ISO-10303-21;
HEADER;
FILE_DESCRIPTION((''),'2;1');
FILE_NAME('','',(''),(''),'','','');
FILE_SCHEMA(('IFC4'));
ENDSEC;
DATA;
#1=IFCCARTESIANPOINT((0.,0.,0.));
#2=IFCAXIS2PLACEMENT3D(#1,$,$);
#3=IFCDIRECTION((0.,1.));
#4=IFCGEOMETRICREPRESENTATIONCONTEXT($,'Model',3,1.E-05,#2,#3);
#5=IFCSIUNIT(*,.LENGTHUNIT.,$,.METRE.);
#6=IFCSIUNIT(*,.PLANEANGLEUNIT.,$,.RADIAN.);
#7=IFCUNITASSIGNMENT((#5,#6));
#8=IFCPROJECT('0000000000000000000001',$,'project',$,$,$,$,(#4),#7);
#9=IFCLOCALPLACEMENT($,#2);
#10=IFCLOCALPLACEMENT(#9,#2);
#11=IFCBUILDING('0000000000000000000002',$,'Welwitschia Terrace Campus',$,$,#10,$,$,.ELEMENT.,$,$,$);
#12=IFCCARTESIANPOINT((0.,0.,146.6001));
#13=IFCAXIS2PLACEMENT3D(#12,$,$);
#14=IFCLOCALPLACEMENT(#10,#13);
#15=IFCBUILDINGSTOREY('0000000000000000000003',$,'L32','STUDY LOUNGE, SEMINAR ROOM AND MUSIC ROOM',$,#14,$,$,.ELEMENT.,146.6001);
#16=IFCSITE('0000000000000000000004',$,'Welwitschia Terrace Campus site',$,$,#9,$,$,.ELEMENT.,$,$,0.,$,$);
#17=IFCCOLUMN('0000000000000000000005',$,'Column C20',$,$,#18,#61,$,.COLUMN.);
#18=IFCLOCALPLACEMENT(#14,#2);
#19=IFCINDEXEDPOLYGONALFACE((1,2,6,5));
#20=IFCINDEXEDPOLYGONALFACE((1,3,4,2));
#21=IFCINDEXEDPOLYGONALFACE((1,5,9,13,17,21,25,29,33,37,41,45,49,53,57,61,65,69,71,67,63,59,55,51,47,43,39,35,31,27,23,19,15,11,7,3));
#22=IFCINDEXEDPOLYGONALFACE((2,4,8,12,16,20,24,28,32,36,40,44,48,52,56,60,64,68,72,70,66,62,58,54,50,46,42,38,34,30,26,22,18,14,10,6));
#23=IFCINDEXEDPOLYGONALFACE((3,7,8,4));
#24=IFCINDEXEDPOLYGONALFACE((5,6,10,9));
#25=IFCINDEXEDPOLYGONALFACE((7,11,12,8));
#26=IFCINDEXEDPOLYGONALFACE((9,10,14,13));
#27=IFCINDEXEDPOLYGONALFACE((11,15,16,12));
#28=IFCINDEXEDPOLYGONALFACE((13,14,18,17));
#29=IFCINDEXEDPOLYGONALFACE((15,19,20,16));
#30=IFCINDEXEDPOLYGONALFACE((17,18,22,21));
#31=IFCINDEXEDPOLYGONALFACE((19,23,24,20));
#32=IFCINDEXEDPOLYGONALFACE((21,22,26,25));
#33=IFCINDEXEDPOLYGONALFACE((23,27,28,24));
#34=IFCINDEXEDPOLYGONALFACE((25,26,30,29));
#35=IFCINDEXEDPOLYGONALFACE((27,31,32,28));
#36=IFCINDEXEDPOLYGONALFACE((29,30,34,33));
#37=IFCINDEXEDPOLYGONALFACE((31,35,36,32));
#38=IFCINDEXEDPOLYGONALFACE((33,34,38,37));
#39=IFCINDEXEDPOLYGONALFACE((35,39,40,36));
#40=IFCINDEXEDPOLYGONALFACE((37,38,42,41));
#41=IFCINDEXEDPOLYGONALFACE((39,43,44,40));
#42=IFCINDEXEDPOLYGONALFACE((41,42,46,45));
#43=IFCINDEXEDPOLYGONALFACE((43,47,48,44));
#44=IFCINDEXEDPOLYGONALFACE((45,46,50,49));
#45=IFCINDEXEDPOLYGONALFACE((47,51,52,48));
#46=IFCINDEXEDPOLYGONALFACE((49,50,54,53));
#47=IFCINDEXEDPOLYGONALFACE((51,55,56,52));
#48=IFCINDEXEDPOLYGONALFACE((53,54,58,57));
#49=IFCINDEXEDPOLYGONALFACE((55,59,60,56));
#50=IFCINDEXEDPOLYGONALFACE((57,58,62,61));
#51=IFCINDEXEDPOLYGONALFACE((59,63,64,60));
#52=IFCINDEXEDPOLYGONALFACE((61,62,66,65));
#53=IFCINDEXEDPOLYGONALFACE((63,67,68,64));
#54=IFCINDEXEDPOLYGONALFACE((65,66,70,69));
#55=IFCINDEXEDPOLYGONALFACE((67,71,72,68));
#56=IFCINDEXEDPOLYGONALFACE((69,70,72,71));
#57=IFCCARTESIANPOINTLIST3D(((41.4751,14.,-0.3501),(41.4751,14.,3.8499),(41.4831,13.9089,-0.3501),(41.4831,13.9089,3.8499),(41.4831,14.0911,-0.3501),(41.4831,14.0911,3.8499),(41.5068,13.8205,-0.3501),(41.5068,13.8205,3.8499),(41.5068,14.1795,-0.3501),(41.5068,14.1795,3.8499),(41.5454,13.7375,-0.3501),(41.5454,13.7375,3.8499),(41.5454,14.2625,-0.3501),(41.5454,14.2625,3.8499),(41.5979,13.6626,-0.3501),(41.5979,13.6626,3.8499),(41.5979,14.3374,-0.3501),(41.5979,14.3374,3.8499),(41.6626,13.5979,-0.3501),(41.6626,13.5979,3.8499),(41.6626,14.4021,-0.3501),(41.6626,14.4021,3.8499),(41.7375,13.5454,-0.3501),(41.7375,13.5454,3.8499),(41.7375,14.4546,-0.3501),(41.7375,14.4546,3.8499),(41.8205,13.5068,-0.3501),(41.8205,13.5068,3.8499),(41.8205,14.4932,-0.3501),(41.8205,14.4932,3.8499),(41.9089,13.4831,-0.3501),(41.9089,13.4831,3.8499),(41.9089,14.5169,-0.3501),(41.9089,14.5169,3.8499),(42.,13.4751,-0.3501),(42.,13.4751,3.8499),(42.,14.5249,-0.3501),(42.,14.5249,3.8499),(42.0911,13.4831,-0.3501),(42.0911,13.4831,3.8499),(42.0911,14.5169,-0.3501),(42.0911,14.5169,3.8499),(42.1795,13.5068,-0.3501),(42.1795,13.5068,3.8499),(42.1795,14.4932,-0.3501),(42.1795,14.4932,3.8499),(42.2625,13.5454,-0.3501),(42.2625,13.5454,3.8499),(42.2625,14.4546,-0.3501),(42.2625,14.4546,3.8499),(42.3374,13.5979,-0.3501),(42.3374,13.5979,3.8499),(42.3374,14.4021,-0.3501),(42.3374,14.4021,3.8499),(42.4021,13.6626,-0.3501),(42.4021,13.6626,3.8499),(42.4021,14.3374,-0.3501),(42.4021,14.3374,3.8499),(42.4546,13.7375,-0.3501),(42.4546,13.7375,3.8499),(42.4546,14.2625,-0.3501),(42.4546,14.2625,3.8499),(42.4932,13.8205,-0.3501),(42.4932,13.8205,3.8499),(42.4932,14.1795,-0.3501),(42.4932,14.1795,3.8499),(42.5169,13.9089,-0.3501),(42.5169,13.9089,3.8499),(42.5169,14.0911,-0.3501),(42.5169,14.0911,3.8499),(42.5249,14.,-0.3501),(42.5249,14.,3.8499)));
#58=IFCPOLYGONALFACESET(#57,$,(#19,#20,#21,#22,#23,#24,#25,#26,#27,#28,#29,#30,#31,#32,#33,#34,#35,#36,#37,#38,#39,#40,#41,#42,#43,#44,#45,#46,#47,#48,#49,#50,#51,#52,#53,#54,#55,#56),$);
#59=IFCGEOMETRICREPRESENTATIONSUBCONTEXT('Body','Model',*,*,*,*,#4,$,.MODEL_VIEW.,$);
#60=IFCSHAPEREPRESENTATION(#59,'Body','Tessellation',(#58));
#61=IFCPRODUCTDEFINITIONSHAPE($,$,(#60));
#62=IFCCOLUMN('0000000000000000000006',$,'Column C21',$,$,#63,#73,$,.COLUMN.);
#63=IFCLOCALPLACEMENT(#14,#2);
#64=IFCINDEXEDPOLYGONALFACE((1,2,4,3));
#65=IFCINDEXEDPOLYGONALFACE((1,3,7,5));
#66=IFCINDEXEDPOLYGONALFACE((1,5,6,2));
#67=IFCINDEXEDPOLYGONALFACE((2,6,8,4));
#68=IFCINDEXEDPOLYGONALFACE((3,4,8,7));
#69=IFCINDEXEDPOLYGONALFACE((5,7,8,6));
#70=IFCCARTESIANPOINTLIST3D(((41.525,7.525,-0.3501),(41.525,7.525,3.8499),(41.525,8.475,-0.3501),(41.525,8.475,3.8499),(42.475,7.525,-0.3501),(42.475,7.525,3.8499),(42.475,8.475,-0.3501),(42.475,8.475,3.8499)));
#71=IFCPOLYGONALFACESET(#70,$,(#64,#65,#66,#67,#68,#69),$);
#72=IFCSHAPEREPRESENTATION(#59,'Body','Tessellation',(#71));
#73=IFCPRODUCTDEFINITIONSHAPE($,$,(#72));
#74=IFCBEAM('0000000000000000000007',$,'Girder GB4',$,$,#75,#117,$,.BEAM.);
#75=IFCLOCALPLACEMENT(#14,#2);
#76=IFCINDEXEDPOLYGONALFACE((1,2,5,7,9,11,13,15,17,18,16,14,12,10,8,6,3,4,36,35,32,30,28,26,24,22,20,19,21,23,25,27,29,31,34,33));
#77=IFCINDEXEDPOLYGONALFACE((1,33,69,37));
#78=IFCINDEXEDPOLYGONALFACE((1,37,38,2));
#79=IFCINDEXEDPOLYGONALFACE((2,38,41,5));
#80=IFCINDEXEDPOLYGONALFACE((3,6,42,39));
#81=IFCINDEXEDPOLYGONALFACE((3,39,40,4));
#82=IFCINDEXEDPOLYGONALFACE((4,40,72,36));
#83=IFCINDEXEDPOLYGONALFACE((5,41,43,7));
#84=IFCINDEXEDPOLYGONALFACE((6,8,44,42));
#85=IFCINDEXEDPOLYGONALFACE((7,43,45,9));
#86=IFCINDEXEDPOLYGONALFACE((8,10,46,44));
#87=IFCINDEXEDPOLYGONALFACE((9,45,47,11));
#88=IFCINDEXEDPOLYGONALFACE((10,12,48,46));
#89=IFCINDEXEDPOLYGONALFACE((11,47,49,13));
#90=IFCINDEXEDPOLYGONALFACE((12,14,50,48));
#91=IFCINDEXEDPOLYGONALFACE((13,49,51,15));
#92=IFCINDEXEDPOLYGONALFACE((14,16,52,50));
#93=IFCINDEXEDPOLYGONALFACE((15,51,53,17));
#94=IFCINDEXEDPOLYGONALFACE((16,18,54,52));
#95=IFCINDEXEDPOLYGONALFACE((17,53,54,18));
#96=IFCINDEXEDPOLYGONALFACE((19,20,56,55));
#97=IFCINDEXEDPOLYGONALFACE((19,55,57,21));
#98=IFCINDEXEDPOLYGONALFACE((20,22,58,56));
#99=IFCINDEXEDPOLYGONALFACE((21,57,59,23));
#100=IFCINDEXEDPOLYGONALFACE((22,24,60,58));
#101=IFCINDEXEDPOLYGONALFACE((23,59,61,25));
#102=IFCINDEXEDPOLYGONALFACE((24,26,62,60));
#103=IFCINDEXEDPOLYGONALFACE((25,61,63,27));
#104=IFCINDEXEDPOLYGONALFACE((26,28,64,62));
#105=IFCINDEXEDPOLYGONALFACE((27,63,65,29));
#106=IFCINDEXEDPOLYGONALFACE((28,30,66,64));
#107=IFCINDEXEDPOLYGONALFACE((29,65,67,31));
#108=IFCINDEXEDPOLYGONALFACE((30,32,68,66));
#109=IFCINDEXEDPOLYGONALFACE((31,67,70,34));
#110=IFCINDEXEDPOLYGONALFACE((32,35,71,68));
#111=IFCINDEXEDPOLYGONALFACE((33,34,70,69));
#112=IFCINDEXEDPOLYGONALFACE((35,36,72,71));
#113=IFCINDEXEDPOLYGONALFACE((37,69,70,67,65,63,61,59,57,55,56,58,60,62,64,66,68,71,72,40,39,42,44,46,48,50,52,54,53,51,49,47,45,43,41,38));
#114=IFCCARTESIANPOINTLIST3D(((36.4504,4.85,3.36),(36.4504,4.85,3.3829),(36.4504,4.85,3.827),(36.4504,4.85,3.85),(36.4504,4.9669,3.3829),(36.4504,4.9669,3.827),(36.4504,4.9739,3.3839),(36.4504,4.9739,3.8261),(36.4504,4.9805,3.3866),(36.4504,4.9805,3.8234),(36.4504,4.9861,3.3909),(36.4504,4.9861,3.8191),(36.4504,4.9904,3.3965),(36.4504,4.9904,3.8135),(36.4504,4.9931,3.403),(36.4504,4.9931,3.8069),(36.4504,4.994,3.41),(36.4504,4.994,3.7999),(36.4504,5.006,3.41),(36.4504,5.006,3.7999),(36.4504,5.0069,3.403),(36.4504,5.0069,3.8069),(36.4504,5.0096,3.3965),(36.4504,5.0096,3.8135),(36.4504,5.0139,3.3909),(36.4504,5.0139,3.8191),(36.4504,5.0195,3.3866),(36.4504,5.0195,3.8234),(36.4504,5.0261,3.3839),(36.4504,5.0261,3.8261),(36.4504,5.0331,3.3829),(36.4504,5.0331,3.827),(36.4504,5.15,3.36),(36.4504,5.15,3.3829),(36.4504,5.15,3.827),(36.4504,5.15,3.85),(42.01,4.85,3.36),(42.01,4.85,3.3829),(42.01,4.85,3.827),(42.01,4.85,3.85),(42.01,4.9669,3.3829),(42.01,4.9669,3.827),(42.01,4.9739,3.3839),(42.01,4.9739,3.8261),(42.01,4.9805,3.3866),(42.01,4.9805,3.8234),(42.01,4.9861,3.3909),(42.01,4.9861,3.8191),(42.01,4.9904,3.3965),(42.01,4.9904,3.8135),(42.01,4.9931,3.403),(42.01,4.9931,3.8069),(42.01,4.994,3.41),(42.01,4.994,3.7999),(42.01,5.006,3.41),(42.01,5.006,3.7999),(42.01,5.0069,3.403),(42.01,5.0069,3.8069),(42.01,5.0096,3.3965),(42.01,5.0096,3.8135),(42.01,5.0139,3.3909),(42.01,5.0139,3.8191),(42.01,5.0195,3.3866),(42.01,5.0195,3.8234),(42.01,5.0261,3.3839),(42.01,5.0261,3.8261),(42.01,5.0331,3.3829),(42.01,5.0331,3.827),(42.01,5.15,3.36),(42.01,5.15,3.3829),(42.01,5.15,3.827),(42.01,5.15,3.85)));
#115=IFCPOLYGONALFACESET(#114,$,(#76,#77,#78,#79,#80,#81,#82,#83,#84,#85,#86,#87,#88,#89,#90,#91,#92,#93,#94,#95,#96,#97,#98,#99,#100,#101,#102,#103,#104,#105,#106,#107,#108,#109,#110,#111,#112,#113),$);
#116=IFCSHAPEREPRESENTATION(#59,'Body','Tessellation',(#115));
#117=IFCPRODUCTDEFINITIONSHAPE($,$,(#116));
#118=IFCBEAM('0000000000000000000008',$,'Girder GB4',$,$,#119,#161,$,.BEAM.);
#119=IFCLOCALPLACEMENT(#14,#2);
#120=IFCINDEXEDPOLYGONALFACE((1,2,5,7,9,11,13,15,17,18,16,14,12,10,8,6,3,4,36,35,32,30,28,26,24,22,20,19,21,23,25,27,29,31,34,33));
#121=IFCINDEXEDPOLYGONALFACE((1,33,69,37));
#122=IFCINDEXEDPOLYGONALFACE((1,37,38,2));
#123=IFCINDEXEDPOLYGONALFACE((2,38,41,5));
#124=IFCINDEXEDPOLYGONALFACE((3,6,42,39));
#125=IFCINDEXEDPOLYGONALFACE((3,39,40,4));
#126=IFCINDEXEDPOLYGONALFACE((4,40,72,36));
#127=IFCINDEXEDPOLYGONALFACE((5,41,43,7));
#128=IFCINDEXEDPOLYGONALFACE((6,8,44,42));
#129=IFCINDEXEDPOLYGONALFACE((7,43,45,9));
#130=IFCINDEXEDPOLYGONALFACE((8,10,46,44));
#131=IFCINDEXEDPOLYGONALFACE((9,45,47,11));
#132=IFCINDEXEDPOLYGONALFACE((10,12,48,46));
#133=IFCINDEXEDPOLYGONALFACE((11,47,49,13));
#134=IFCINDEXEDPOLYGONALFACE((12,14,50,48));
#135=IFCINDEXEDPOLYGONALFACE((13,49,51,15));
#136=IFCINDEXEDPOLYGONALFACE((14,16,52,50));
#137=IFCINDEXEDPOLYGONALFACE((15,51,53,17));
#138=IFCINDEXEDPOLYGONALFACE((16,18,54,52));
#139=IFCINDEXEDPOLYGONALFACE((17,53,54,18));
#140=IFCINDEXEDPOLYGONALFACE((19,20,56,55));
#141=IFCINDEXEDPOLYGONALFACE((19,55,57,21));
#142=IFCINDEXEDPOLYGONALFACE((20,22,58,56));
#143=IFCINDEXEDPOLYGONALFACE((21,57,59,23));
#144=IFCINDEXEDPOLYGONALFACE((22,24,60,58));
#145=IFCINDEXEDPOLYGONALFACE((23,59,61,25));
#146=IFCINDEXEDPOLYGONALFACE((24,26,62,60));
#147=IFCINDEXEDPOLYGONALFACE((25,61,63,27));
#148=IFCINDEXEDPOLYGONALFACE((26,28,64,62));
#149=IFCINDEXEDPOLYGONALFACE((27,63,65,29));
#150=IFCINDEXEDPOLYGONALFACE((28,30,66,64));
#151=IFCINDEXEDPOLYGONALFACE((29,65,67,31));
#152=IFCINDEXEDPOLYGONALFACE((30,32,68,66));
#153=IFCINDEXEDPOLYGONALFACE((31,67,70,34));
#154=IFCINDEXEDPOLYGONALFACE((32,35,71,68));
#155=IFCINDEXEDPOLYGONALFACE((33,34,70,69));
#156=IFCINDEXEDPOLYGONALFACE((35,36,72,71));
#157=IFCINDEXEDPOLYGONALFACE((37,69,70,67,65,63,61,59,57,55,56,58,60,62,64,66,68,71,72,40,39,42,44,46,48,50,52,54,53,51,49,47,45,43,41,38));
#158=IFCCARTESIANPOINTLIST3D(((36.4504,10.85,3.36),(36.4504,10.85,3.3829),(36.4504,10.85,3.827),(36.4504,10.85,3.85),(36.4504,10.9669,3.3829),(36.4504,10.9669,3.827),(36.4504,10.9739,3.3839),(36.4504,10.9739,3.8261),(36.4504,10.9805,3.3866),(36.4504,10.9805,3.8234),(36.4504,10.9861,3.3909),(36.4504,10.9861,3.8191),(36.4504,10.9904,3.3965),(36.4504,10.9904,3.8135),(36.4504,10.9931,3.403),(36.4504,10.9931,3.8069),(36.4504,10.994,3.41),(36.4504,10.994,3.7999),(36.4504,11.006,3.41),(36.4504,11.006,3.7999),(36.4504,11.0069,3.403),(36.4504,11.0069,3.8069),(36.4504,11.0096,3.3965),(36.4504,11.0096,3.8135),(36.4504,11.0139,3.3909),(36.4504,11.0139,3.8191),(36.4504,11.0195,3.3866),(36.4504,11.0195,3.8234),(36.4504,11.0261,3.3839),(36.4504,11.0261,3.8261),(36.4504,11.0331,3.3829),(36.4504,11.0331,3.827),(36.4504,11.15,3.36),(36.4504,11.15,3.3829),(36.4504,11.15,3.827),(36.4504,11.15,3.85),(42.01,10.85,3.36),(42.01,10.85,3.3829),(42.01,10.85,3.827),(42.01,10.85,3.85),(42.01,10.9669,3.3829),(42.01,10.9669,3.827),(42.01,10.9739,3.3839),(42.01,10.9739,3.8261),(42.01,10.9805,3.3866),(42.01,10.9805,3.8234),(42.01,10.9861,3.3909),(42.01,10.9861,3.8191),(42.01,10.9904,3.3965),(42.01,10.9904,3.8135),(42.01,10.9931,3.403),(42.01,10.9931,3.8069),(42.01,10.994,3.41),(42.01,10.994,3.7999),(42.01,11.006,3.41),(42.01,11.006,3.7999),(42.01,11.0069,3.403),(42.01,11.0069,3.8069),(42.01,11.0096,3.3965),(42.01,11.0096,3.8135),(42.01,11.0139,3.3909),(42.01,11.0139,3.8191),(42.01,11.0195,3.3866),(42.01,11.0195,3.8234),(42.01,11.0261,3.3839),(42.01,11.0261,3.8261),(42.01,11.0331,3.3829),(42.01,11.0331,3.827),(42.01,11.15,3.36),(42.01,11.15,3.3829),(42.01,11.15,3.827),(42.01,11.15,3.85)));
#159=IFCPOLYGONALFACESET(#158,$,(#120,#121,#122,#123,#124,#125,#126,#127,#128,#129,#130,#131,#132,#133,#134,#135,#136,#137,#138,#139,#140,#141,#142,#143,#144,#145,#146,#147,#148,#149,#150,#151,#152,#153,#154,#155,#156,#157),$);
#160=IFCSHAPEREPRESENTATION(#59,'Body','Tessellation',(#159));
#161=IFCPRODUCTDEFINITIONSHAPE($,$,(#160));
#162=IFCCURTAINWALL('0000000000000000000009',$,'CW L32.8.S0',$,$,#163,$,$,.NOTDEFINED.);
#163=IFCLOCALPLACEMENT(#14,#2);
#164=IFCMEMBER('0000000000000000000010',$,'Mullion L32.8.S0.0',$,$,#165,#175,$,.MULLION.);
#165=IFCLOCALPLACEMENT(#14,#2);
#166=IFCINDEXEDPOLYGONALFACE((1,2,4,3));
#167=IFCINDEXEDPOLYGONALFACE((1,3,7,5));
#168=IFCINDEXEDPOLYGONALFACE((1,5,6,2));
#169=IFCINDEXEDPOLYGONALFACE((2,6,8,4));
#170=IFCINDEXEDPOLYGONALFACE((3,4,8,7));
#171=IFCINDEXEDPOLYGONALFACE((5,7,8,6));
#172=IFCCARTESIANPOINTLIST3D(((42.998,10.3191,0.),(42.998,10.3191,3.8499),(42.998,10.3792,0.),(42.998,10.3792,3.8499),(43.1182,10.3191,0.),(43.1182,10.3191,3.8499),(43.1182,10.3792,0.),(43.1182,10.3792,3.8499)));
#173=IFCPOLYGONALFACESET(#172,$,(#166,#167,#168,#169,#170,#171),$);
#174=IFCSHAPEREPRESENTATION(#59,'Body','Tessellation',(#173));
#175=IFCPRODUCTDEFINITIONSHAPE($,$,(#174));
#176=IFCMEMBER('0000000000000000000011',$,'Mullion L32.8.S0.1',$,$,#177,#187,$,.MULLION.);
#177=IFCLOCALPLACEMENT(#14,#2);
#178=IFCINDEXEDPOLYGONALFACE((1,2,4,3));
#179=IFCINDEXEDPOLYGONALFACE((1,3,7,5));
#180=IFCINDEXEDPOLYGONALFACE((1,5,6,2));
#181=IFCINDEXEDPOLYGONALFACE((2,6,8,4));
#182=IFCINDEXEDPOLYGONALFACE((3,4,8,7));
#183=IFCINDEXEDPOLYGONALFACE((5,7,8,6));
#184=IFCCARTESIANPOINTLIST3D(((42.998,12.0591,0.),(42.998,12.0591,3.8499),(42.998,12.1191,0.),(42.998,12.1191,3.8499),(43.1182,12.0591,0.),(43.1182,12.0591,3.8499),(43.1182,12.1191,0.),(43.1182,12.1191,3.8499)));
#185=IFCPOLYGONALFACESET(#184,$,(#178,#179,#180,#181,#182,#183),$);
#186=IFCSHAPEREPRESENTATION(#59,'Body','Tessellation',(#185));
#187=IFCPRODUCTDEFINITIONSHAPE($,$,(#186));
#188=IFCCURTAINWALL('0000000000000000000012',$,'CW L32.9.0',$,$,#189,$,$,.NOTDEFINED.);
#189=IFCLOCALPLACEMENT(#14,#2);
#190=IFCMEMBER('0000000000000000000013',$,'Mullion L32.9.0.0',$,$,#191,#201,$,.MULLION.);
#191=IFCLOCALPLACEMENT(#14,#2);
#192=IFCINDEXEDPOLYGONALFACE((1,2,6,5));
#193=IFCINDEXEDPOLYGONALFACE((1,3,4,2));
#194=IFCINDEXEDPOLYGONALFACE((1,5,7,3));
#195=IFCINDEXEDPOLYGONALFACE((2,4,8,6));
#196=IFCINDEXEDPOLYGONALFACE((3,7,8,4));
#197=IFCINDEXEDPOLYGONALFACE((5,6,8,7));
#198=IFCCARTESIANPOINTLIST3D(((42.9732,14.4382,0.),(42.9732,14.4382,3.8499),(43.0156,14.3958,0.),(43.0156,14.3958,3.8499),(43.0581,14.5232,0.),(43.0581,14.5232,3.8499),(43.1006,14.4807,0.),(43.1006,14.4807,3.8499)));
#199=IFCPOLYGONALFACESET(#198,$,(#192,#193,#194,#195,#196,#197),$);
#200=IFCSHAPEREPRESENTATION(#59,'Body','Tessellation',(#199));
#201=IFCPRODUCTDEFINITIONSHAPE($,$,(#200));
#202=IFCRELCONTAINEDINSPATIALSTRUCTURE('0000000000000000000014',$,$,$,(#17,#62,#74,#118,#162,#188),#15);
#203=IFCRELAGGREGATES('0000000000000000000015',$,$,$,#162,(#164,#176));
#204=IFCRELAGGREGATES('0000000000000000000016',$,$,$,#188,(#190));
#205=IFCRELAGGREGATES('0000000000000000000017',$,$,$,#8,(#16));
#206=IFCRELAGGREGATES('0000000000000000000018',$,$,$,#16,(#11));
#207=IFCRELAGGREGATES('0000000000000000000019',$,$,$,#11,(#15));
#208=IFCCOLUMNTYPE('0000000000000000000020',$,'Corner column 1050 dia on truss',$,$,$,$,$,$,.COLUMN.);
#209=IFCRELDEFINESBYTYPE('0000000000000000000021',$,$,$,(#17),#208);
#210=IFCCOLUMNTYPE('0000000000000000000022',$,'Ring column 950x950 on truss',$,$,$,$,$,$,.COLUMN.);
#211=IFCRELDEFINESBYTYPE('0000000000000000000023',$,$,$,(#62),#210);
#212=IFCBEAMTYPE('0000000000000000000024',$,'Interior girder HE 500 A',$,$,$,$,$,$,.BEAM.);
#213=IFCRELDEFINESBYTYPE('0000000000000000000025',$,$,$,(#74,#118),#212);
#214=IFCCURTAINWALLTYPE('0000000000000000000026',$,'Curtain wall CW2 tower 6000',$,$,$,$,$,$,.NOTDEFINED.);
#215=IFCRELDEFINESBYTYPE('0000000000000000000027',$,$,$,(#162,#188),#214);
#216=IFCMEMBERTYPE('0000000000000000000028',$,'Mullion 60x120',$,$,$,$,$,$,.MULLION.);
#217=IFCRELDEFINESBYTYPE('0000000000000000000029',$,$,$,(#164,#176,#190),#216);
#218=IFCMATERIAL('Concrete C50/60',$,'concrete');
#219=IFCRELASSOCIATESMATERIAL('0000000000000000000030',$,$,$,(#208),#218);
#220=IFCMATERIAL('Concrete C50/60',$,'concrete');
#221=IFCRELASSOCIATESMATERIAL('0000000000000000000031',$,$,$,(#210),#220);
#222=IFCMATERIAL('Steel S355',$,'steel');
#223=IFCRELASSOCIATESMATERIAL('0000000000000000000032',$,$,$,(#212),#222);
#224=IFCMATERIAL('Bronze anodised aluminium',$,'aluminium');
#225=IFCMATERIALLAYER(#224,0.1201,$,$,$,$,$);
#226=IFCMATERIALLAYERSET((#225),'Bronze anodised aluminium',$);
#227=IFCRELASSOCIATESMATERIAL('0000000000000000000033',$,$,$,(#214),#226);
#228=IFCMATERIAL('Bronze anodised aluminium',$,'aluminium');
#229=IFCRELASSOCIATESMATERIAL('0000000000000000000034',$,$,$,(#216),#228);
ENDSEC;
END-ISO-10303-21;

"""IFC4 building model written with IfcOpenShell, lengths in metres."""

from ifc_helpers import new_model, si_unit, direction, frame, origin, origin_2d, place, context, subcontext, project, spatial, rectangle, circle, i_section, extrude, material, layer, layer_set, material_profile, profile_set, type_object, element, aggregate, save


model = new_model("IFC4")

# Units and contexts
model_context = context("Model", 3, precision=1e-05, world=origin(), true_north=direction((0.0, 1.0)))
body_context = subcontext(model_context, "Body", "Model", "MODEL_VIEW")
ifc_project = project(units=[si_unit("LENGTHUNIT", "METRE"), si_unit("PLANEANGLEUNIT", "RADIAN")], contexts=[model_context])

# Site, building, storey
site_placement = place(None, origin())
site = spatial("IfcSite", under=ifc_project, at=site_placement, Name="Welwitschia Terrace Campus site", CompositionType="ELEMENT", RefElevation=0.0)
building_placement = place(site_placement, origin())
building = spatial("IfcBuilding", under=site, at=building_placement, Name="Welwitschia Terrace Campus", CompositionType="ELEMENT")
storey_placement = place(building_placement, frame((0.0, 0.0, 146.6001)))
storey = spatial("IfcBuildingStorey", under=building, at=storey_placement, Name="L32", Description="STUDY LOUNGE, SEMINAR ROOM AND MUSIC ROOM", CompositionType="ELEMENT", Elevation=146.6001)

# Columns
ifc_material_1 = material(Name="Concrete C50/60", Category="concrete")
ifc_material_profile_1 = material_profile(ifc_material_1, circle(Radius=0.5249, at=origin_2d()))
ifc_profile_set_1 = profile_set([ifc_material_profile_1], Name="Concrete C50/60")
column_type_1 = type_object("IfcColumnType", Name="Corner column 1050 dia on truss", PredefinedType="COLUMN", material=ifc_profile_set_1)
column_1_placement = place(storey_placement, frame((42.0, 14.0, -0.3501), z_axis=(0.0, 0.0, 1.0), x_axis=(1.0, 0.0, 0.0)))
element("IfcColumn", 1, at=column_1_placement, inside=storey, type_object=column_type_1, Name="Column C20", PredefinedType="COLUMN", context=body_context, shape_type="SweptSolid", body=[
    extrude(circle(Radius=0.5249, at=origin_2d()), origin(), (0.0, 0.0, 1.0), 4.2),
])
ifc_material_2 = material(Name="Concrete C50/60", Category="concrete")
ifc_material_profile_2 = material_profile(ifc_material_2, rectangle(XDim=0.95, YDim=0.95, at=origin_2d()))
ifc_profile_set_2 = profile_set([ifc_material_profile_2], Name="Concrete C50/60")
column_type_2 = type_object("IfcColumnType", Name="Ring column 950x950 on truss", PredefinedType="COLUMN", material=ifc_profile_set_2)
column_2_placement = place(storey_placement, frame((42.0, 8.0, -0.3501), z_axis=(0.0, 0.0, 1.0), x_axis=(1.0, 0.0, 0.0)))
element("IfcColumn", 2, at=column_2_placement, inside=storey, type_object=column_type_2, Name="Column C21", PredefinedType="COLUMN", context=body_context, shape_type="SweptSolid", body=[
    extrude(rectangle(XDim=0.95, YDim=0.95, at=origin_2d()), origin(), (0.0, 0.0, 1.0), 4.2),
])

# Beams
ifc_material_3 = material(Name="Steel S355", Category="steel")
ifc_material_profile_3 = material_profile(ifc_material_3, i_section(OverallWidth=0.3, OverallDepth=0.49, WebThickness=0.012, FlangeThickness=0.0229, FilletRadius=0.0271, at=origin_2d()))
ifc_profile_set_3 = profile_set([ifc_material_profile_3], Name="Steel S355")
beam_type_1 = type_object("IfcBeamType", Name="Interior girder HE 500 A", PredefinedType="BEAM", material=ifc_profile_set_3)
for number, where, z_axis, x_axis, name in (
    (3, (36.4504, 5.0, 3.605), (1.0, 0.0, 0.0), (0.0, 1.0, 0.0), "Girder GB4"),
    (4, (36.4504, 11.0, 3.605), (1.0, 0.0, 0.0), (0.0, 1.0, 0.0), "Girder GB4"),
):
    element("IfcBeam", number, at=place(storey_placement, frame(where, z_axis=z_axis, x_axis=x_axis)), inside=storey, type_object=beam_type_1, Name=name, PredefinedType="BEAM", context=body_context, shape_type="SweptSolid", body=[
        extrude(i_section(OverallWidth=0.3, OverallDepth=0.49, WebThickness=0.012, FlangeThickness=0.0229, FilletRadius=0.0271, at=origin_2d()), origin(), (0.0, 0.0, 1.0), 5.5596),
    ])

# Curtain walls, members
ifc_material_4 = material(Name="Bronze anodised aluminium", Category="aluminium")
ifc_layer_1 = layer(ifc_material_4, 0.1201)
ifc_layer_set_1 = layer_set([ifc_layer_1], Name="Bronze anodised aluminium")
curtain_wall_type = type_object("IfcCurtainWallType", Name="Curtain wall CW2 tower 6000", PredefinedType="NOTDEFINED", material=ifc_layer_set_1)
curtain_wall_1_placement = place(storey_placement, origin())
curtain_wall_1 = element("IfcCurtainWall", 5, at=curtain_wall_1_placement, inside=storey, type_object=curtain_wall_type, Name="CW L32.8.S0", PredefinedType="NOTDEFINED")
ifc_material_5 = material(Name="Bronze anodised aluminium", Category="aluminium")
ifc_material_profile_4 = material_profile(ifc_material_5, rectangle(XDim=0.1201, YDim=0.0601, at=origin_2d()))
ifc_profile_set_4 = profile_set([ifc_material_profile_4], Name="Bronze anodised aluminium")
member_type_1 = type_object("IfcMemberType", Name="Mullion 60x120", PredefinedType="MULLION", material=ifc_profile_set_4)
member_1_placement = place(storey_placement, frame((43.0581, 10.3491, 0.0), z_axis=(0.0, 0.0, 1.0), x_axis=(-1.0, 0.0, 0.0)))
member_1 = element("IfcMember", 6, at=member_1_placement, type_object=member_type_1, Name="Mullion L32.8.S0.0", PredefinedType="MULLION", context=body_context, shape_type="SweptSolid", body=[
    extrude(rectangle(XDim=0.1201, YDim=0.0601, at=origin_2d()), origin(), (0.0, 0.0, 1.0), 3.8499),
])
member_2_placement = place(storey_placement, frame((43.0581, 12.0891, 0.0), z_axis=(0.0, 0.0, 1.0), x_axis=(-1.0, 0.0, 0.0)))
member_2 = element("IfcMember", 7, at=member_2_placement, type_object=member_type_1, Name="Mullion L32.8.S0.1", PredefinedType="MULLION", context=body_context, shape_type="SweptSolid", body=[
    extrude(rectangle(XDim=0.1201, YDim=0.0601, at=origin_2d()), origin(), (0.0, 0.0, 1.0), 3.8499),
])
curtain_wall_2_placement = place(storey_placement, origin())
curtain_wall_2 = element("IfcCurtainWall", 8, at=curtain_wall_2_placement, inside=storey, type_object=curtain_wall_type, Name="CW L32.9.0", PredefinedType="NOTDEFINED")
member_3_placement = place(storey_placement, frame((43.0369, 14.4595, 0.0), z_axis=(0.0, 0.0, 1.0), x_axis=(-0.707107, -0.707107, 0.0)))
member_3 = element("IfcMember", 9, at=member_3_placement, type_object=member_type_1, Name="Mullion L32.9.0.0", PredefinedType="MULLION", context=body_context, shape_type="SweptSolid", body=[
    extrude(rectangle(XDim=0.1201, YDim=0.0601, at=origin_2d()), origin(), (0.0, 0.0, 1.0), 3.8499),
])

aggregate(curtain_wall_1, [member_1, member_2])
aggregate(curtain_wall_2, [member_3])

save(model, "model.ifc")
